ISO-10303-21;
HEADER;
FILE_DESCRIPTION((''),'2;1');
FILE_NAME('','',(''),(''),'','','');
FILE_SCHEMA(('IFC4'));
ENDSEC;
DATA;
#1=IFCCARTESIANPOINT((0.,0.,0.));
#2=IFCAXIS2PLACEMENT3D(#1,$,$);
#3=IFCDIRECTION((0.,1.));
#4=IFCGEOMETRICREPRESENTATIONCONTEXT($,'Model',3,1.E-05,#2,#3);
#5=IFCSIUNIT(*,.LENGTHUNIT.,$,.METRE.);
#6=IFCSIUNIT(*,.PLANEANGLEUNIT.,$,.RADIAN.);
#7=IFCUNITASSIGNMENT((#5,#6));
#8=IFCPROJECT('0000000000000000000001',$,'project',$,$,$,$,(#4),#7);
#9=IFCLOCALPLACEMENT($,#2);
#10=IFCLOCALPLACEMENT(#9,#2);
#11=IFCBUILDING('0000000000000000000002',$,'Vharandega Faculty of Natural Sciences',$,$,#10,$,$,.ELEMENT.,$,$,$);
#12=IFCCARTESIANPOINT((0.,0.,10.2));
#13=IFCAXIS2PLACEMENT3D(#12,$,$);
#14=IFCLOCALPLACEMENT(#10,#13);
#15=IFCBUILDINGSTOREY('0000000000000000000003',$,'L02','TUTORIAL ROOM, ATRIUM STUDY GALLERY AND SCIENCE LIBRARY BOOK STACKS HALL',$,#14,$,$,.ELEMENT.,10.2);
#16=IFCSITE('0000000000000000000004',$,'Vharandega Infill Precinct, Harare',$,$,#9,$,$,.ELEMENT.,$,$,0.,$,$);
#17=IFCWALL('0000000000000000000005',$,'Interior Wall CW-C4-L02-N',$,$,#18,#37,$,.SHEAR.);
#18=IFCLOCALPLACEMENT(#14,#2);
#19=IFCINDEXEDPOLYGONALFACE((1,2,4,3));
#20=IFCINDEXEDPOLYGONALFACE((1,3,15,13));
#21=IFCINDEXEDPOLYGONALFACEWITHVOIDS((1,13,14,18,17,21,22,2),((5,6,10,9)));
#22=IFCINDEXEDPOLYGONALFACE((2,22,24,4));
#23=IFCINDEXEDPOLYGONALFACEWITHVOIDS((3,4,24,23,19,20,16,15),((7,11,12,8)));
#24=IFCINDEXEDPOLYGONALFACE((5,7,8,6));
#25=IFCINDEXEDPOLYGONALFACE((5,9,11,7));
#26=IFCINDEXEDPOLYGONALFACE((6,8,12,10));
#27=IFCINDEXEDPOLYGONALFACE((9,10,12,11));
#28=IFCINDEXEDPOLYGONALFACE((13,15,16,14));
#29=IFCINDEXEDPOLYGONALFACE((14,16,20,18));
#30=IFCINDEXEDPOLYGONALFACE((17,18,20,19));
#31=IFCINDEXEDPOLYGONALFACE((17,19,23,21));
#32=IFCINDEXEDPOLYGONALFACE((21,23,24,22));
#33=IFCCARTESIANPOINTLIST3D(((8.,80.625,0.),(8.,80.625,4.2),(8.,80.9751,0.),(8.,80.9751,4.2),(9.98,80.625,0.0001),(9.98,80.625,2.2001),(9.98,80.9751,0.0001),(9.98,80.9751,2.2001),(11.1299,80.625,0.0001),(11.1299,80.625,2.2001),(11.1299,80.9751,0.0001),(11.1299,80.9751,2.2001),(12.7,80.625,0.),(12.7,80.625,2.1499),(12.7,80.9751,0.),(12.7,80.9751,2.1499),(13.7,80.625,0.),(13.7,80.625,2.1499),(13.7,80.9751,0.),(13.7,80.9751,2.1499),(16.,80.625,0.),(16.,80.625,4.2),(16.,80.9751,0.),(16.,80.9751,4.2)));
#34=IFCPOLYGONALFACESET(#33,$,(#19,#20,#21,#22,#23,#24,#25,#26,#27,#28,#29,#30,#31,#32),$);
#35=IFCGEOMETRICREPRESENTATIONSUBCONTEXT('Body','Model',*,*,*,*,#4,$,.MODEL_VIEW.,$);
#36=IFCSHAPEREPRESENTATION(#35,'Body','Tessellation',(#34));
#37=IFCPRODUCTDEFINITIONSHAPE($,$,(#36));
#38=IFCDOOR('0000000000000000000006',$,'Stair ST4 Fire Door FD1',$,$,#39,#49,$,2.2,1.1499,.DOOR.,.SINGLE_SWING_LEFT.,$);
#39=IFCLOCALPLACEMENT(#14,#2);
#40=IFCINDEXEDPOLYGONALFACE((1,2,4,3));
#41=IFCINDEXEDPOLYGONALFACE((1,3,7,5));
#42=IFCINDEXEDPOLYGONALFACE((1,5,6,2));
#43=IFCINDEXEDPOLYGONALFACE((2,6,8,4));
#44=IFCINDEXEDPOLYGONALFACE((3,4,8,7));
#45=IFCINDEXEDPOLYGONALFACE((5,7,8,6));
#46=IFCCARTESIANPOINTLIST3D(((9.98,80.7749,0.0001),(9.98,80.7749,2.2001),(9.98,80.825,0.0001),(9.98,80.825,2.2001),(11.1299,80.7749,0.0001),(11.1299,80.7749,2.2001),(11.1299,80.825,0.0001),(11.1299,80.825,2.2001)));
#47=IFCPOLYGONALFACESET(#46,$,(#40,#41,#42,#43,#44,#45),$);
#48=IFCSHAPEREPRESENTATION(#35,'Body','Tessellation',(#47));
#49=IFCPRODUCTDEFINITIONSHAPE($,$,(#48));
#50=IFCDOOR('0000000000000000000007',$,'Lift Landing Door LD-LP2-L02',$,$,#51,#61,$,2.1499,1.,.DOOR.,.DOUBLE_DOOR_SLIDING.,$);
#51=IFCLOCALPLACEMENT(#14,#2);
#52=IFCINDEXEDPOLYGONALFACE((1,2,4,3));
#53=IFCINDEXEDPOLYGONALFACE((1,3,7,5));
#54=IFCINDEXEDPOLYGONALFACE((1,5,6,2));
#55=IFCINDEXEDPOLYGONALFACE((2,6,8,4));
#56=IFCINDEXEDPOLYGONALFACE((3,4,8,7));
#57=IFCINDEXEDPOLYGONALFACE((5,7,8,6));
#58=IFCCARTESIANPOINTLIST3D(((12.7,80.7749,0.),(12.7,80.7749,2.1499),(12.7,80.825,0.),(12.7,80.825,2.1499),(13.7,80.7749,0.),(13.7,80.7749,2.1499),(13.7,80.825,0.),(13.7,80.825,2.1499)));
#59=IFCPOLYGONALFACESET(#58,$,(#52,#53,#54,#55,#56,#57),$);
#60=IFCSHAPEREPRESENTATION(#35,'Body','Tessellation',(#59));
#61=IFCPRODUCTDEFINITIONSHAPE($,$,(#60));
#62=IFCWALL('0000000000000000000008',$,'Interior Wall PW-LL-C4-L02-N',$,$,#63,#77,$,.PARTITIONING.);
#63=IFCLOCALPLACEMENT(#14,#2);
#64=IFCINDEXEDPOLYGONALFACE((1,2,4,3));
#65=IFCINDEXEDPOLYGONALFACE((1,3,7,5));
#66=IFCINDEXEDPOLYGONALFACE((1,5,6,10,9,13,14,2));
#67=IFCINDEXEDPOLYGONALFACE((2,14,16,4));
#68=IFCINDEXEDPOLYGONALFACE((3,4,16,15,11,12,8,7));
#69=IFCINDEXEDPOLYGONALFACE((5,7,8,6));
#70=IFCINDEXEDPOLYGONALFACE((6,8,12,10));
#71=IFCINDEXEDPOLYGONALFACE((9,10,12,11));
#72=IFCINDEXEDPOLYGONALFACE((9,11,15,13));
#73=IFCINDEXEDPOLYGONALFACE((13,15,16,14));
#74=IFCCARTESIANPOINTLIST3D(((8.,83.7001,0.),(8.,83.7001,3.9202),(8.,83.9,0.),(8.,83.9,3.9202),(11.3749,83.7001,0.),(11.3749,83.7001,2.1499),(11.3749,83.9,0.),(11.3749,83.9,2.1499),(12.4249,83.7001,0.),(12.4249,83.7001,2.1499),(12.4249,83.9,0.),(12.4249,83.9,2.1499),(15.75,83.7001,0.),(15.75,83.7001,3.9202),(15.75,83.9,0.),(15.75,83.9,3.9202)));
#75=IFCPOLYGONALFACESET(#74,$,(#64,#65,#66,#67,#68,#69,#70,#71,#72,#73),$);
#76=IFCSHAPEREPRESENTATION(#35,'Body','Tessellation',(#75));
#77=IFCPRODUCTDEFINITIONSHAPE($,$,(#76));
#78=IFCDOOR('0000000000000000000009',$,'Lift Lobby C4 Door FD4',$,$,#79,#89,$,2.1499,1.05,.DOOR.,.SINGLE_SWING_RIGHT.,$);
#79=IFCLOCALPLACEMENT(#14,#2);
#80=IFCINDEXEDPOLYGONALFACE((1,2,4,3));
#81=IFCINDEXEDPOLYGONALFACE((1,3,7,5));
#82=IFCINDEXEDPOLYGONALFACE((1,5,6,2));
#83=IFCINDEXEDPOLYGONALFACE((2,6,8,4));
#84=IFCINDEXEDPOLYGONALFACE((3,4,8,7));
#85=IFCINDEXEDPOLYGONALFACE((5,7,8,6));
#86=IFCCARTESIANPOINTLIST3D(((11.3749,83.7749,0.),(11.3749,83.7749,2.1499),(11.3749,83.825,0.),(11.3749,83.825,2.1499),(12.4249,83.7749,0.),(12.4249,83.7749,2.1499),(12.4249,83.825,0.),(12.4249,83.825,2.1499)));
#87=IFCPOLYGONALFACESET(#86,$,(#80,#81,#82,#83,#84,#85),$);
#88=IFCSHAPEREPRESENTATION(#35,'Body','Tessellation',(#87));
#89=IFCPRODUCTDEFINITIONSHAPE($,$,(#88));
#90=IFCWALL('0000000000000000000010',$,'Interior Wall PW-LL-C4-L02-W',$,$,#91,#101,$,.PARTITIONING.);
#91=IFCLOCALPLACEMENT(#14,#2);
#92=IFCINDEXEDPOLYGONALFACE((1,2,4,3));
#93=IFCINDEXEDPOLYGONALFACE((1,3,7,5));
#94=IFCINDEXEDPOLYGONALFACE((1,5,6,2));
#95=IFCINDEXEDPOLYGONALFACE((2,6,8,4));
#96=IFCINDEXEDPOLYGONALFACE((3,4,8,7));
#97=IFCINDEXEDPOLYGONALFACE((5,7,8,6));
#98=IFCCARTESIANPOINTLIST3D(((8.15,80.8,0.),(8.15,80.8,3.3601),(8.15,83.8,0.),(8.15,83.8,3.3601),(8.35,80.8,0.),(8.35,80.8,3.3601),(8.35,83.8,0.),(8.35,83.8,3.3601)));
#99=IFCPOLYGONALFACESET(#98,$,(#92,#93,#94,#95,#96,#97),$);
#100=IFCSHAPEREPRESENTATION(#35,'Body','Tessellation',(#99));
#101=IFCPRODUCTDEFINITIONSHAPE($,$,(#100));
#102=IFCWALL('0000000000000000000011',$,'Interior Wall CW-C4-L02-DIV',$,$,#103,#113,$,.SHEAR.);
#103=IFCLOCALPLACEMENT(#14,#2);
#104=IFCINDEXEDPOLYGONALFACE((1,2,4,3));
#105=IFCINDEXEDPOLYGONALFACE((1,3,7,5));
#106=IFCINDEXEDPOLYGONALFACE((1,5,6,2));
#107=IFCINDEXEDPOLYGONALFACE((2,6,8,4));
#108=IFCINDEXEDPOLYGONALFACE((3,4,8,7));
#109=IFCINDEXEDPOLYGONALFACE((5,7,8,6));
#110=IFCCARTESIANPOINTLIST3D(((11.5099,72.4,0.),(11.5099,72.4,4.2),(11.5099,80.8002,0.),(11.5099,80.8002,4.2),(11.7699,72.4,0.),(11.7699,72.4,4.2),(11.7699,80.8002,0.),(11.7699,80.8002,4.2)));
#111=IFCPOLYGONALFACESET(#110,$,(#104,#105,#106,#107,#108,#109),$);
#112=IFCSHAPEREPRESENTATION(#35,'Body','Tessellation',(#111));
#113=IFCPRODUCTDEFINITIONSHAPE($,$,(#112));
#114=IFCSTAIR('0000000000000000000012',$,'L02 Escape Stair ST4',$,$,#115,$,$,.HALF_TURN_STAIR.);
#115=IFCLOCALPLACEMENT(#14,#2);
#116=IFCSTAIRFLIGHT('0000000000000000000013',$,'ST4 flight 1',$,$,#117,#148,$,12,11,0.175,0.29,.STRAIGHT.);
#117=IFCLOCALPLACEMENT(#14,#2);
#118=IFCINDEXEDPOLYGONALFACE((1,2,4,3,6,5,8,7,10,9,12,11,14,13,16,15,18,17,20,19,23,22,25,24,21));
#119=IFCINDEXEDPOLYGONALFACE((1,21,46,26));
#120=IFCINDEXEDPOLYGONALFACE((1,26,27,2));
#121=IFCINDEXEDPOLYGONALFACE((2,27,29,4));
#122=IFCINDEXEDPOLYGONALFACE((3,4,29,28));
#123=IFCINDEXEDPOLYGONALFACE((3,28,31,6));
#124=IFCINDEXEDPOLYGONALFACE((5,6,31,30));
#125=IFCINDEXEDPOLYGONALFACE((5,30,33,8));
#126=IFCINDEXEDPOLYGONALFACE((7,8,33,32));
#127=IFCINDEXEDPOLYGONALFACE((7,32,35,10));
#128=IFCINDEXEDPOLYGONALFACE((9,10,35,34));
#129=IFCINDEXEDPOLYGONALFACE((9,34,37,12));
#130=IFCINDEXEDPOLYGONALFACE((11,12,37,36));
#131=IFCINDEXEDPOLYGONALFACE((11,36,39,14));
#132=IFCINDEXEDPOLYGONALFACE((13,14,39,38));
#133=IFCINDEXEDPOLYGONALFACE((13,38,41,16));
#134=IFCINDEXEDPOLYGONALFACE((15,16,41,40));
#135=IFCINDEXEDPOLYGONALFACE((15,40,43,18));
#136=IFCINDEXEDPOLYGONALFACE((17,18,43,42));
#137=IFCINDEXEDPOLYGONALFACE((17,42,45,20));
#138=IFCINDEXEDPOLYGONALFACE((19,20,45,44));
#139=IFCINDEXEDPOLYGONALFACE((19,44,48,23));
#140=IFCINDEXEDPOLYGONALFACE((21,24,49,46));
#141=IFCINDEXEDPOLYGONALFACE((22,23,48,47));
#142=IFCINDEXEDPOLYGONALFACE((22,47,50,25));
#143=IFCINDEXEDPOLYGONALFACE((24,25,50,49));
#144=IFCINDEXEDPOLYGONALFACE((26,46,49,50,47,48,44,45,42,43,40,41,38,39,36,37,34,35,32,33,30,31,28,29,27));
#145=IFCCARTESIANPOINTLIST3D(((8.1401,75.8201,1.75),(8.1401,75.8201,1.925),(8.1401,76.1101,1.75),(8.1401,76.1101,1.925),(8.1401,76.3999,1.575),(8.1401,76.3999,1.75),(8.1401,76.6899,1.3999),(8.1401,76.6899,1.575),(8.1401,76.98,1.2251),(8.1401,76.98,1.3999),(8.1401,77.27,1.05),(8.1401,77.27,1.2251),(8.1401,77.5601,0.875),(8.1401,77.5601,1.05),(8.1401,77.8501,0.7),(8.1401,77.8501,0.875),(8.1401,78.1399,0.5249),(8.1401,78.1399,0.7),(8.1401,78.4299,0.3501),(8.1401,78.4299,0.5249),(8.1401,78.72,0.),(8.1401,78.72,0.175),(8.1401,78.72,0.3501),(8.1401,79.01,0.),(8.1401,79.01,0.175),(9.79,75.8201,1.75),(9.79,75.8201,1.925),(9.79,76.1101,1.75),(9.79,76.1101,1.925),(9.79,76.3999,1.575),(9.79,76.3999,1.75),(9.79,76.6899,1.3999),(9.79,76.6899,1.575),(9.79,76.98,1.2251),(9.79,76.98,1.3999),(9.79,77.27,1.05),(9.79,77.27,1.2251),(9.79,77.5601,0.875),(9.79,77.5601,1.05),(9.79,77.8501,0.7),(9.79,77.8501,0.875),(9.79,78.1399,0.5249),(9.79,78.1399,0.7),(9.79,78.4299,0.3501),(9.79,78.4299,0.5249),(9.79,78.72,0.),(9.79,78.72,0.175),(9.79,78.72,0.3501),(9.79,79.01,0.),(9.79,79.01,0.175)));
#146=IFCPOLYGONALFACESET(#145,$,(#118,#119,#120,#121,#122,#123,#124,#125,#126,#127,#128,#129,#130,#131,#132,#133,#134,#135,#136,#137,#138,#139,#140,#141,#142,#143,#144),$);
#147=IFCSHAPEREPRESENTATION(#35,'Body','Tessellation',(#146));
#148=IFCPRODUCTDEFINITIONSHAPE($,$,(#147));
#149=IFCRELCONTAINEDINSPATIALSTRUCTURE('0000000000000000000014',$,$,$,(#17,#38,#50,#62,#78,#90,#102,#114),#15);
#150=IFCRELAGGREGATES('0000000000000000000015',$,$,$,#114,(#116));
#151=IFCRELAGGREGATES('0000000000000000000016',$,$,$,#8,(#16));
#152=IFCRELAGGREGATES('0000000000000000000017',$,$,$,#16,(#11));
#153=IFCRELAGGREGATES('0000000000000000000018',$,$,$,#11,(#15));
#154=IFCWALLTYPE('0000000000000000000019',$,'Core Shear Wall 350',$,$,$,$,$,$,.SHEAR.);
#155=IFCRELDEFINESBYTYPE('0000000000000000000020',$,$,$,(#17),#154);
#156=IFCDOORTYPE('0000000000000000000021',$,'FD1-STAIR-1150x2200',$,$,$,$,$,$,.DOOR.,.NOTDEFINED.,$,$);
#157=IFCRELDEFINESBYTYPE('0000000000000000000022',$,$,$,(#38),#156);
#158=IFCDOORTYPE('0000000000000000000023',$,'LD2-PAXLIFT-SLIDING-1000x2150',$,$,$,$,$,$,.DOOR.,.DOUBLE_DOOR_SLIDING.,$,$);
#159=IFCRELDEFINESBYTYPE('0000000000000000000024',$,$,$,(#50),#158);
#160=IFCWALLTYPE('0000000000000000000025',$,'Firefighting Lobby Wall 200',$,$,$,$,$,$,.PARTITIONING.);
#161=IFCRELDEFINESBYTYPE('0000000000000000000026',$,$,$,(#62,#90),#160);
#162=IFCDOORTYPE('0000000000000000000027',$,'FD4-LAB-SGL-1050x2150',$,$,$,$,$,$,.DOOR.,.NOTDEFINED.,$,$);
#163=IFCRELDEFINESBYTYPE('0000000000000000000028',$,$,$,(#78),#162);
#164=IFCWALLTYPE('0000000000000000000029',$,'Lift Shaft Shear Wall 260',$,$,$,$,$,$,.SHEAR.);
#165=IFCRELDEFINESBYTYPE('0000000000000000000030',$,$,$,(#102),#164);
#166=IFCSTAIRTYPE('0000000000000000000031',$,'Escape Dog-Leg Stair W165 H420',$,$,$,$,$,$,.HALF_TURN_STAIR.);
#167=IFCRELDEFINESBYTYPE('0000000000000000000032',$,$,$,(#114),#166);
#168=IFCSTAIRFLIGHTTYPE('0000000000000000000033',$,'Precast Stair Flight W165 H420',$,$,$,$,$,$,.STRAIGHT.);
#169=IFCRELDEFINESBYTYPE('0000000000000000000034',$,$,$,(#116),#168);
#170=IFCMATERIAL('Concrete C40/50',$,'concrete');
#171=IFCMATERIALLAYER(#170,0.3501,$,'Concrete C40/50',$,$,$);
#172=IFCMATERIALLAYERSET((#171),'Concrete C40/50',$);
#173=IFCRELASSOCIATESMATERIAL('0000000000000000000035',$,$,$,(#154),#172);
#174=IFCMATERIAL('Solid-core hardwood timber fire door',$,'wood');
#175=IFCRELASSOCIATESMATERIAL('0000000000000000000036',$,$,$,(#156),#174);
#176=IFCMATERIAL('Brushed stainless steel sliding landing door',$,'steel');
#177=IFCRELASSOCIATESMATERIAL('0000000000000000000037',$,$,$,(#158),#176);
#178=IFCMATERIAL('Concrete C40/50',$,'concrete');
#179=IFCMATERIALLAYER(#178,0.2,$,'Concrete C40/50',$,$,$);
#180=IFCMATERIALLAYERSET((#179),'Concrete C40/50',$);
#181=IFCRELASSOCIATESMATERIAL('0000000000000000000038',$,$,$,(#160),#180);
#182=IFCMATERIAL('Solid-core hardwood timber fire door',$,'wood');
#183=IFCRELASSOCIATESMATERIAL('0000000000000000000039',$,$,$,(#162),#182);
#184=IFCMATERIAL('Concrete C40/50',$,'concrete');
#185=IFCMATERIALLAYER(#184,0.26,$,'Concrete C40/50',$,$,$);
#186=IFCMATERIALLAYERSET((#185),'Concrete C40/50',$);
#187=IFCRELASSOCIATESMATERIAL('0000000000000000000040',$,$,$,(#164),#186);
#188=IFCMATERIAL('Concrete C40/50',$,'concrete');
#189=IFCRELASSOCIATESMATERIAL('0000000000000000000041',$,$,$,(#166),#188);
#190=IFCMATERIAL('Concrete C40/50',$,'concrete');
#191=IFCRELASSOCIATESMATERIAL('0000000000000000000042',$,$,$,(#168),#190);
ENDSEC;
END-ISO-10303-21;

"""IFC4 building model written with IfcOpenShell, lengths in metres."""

from ifc_helpers import new_model, si_unit, direction, frame, frame_2d, origin, place, context, subcontext, project, spatial, polyline, rectangle, outline, extrude, material, layer, layer_set, type_object, element, fill, aggregate, save


model = new_model("IFC4")

# Units and contexts
model_context = context("Model", 3, precision=1e-05, world=origin(), true_north=direction((0.0, 1.0)))
body_context = subcontext(model_context, "Body", "Model", "MODEL_VIEW")
ifc_project = project(units=[si_unit("LENGTHUNIT", "METRE"), si_unit("PLANEANGLEUNIT", "RADIAN")], contexts=[model_context])

# Site, building, storey
site_placement = place(None, origin())
site = spatial("IfcSite", under=ifc_project, at=site_placement, Name="Vharandega Infill Precinct, Harare", CompositionType="ELEMENT", RefElevation=0.0)
building_placement = place(site_placement, origin())
building = spatial("IfcBuilding", under=site, at=building_placement, Name="Vharandega Faculty of Natural Sciences", CompositionType="ELEMENT")
storey_placement = place(building_placement, frame((0.0, 0.0, 10.2)))
storey = spatial("IfcBuildingStorey", under=building, at=storey_placement, Name="L02", Description="TUTORIAL ROOM, ATRIUM STUDY GALLERY AND SCIENCE LIBRARY BOOK STACKS HALL", CompositionType="ELEMENT", Elevation=10.2)

# Shared definitions
ifc_material_1 = material(Name="Concrete C40/50", Category="concrete")
ifc_layer_1 = layer(ifc_material_1, 0.3501, Name="Concrete C40/50")
ifc_layer_set_1 = layer_set([ifc_layer_1], Name="Concrete C40/50")
wall_type_1 = type_object("IfcWallType", Name="Core Shear Wall 350", PredefinedType="SHEAR", material=ifc_layer_set_1)

# Wall, openings, doors
wall_1_placement = place(storey_placement, frame((8.0, 80.8, 0.0), z_axis=(0.0, 0.0, 1.0), x_axis=(1.0, 0.0, 0.0)))
wall_1 = element("IfcWall", 1, at=wall_1_placement, inside=storey, type_object=wall_type_1, Name="Interior Wall CW-C4-L02-N", PredefinedType="SHEAR", context=body_context, shape_type="SweptSolid", body=[
    extrude(rectangle(XDim=8.0, YDim=0.3501, at=frame_2d((4.0, 0.0))), origin(), (0.0, 0.0, 1.0), 4.2),
])
opening_1_placement = place(wall_1_placement, frame((1.98, 0.0, 0.0)))
opening_1 = element("IfcOpeningElement", 2, at=opening_1_placement, cuts=wall_1, PredefinedType="OPENING", context=body_context, shape_type="SweptSolid", body=[
    extrude(rectangle(XDim=1.1499, YDim=2.2, at=frame_2d((0.575, 1.1001))), frame((0.0, 0.1851, 0.0), z_axis=(0.0, -1.0, 0.0), x_axis=(1.0, 0.0, 0.0)), (0.0, 0.0, 1.0), 0.3701),
])
opening_2_placement = place(wall_1_placement, frame((4.7, 0.0, 0.0)))
opening_2 = element("IfcOpeningElement", 3, at=opening_2_placement, cuts=wall_1, PredefinedType="OPENING", context=body_context, shape_type="SweptSolid", body=[
    extrude(rectangle(XDim=1.0, YDim=2.1499, at=frame_2d((0.5, 1.075))), frame((0.0, 0.1851, 0.0), z_axis=(0.0, -1.0, 0.0), x_axis=(1.0, 0.0, 0.0)), (0.0, 0.0, 1.0), 0.3701),
])
ifc_material_2 = material(Name="Solid-core hardwood timber fire door", Category="wood")
door_type_1 = type_object("IfcDoorType", Name="FD1-STAIR-1150x2200", OperationType="NOTDEFINED", PredefinedType="DOOR", material=ifc_material_2)
door_1_placement = place(opening_1_placement, origin())
door_1 = element("IfcDoor", 4, at=door_1_placement, inside=storey, type_object=door_type_1, Name="Stair ST4 Fire Door FD1", OperationType="SINGLE_SWING_LEFT", OverallHeight=2.2, OverallWidth=1.1499, PredefinedType="DOOR", context=body_context, shape_type="SweptSolid", body=[
    extrude(rectangle(XDim=1.1499, YDim=2.2, at=frame_2d((0.575, 1.1001))), frame((0.0, 0.0249, 0.0), z_axis=(0.0, -1.0, 0.0), x_axis=(1.0, 0.0, 0.0)), (0.0, 0.0, 1.0), 0.05),
])
fill(opening_1, door_1)
ifc_material_3 = material(Name="Brushed stainless steel sliding landing door", Category="steel")
door_type_2 = type_object("IfcDoorType", Name="LD2-PAXLIFT-SLIDING-1000x2150", OperationType="DOUBLE_DOOR_SLIDING", PredefinedType="DOOR", material=ifc_material_3)
door_2_placement = place(opening_2_placement, origin())
door_2 = element("IfcDoor", 5, at=door_2_placement, inside=storey, type_object=door_type_2, Name="Lift Landing Door LD-LP2-L02", OperationType="DOUBLE_DOOR_SLIDING", OverallHeight=2.1499, OverallWidth=1.0, PredefinedType="DOOR", context=body_context, shape_type="SweptSolid", body=[
    extrude(rectangle(XDim=1.0, YDim=2.1499, at=frame_2d((0.5, 1.075))), frame((0.0, 0.0249, 0.0), z_axis=(0.0, -1.0, 0.0), x_axis=(1.0, 0.0, 0.0)), (0.0, 0.0, 1.0), 0.05),
])
fill(opening_2, door_2)

# Wall, opening, door
ifc_material_4 = material(Name="Concrete C40/50", Category="concrete")
ifc_layer_2 = layer(ifc_material_4, 0.2, Name="Concrete C40/50")
ifc_layer_set_2 = layer_set([ifc_layer_2], Name="Concrete C40/50")
wall_type_2 = type_object("IfcWallType", Name="Firefighting Lobby Wall 200", PredefinedType="PARTITIONING", material=ifc_layer_set_2)
wall_2_placement = place(storey_placement, frame((8.0, 83.8, 0.0), z_axis=(0.0, 0.0, 1.0), x_axis=(1.0, 0.0, 0.0)))
wall_2 = element("IfcWall", 6, at=wall_2_placement, inside=storey, type_object=wall_type_2, Name="Interior Wall PW-LL-C4-L02-N", PredefinedType="PARTITIONING", context=body_context, shape_type="SweptSolid", body=[
    extrude(rectangle(XDim=7.75, YDim=0.2, at=frame_2d((3.875, 0.0))), origin(), (0.0, 0.0, 1.0), 3.9202),
])
opening_3_placement = place(wall_2_placement, frame((3.375, 0.0, 0.0)))
opening_3 = element("IfcOpeningElement", 7, at=opening_3_placement, cuts=wall_2, PredefinedType="OPENING", context=body_context, shape_type="SweptSolid", body=[
    extrude(rectangle(XDim=1.05, YDim=2.1499, at=frame_2d((0.5249, 1.075))), frame((0.0, 0.1099, 0.0), z_axis=(0.0, -1.0, 0.0), x_axis=(1.0, 0.0, 0.0)), (0.0, 0.0, 1.0), 0.22),
])
ifc_material_5 = material(Name="Solid-core hardwood timber fire door", Category="wood")
door_type_3 = type_object("IfcDoorType", Name="FD4-LAB-SGL-1050x2150", OperationType="NOTDEFINED", PredefinedType="DOOR", material=ifc_material_5)
door_3_placement = place(opening_3_placement, origin())
door_3 = element("IfcDoor", 8, at=door_3_placement, inside=storey, type_object=door_type_3, Name="Lift Lobby C4 Door FD4", OperationType="SINGLE_SWING_RIGHT", OverallHeight=2.1499, OverallWidth=1.05, PredefinedType="DOOR", context=body_context, shape_type="SweptSolid", body=[
    extrude(rectangle(XDim=1.05, YDim=2.1499, at=frame_2d((0.5249, 1.075))), frame((0.0, 0.0249, 0.0), z_axis=(0.0, -1.0, 0.0), x_axis=(1.0, 0.0, 0.0)), (0.0, 0.0, 1.0), 0.05),
])
fill(opening_3, door_3)

# Walls
wall_3_placement = place(storey_placement, frame((8.25, 80.8, 0.0), z_axis=(0.0, 0.0, 1.0), x_axis=(0.0, 1.0, 0.0)))
element("IfcWall", 9, at=wall_3_placement, inside=storey, type_object=wall_type_2, Name="Interior Wall PW-LL-C4-L02-W", PredefinedType="PARTITIONING", context=body_context, shape_type="SweptSolid", body=[
    extrude(rectangle(XDim=3.0, YDim=0.2, at=frame_2d((1.5, 0.0))), origin(), (0.0, 0.0, 1.0), 3.3601),
])
ifc_material_6 = material(Name="Concrete C40/50", Category="concrete")
ifc_layer_3 = layer(ifc_material_6, 0.26, Name="Concrete C40/50")
ifc_layer_set_3 = layer_set([ifc_layer_3], Name="Concrete C40/50")
wall_type_3 = type_object("IfcWallType", Name="Lift Shaft Shear Wall 260", PredefinedType="SHEAR", material=ifc_layer_set_3)
wall_4_placement = place(storey_placement, frame((11.6399, 72.3999, 0.0), z_axis=(0.0, 0.0, 1.0), x_axis=(0.0, 1.0, 0.0)))
element("IfcWall", 10, at=wall_4_placement, inside=storey, type_object=wall_type_3, Name="Interior Wall CW-C4-L02-DIV", PredefinedType="SHEAR", context=body_context, shape_type="SweptSolid", body=[
    extrude(rectangle(XDim=8.4001, YDim=0.26, at=frame_2d((4.2002, 0.0))), origin(), (0.0, 0.0, 1.0), 4.2),
])

# Stair, stair flight
ifc_material_7 = material(Name="Concrete C40/50", Category="concrete")
stair_type = type_object("IfcStairType", Name="Escape Dog-Leg Stair W165 H420", PredefinedType="HALF_TURN_STAIR", material=ifc_material_7)
stair_placement = place(storey_placement, origin())
stair = element("IfcStair", 11, at=stair_placement, inside=storey, type_object=stair_type, Name="L02 Escape Stair ST4", PredefinedType="HALF_TURN_STAIR")
ifc_material_8 = material(Name="Concrete C40/50", Category="concrete")
stair_flight_type = type_object("IfcStairFlightType", Name="Precast Stair Flight W165 H420", PredefinedType="STRAIGHT", material=ifc_material_8)
stair_flight_1_placement = place(storey_placement, frame((8.9651, 79.01, 0.0), z_axis=(0.0, 0.0, 1.0), x_axis=(0.0, -1.0, 0.0)))
stair_flight_1 = element("IfcStairFlight", 12, at=stair_flight_1_placement, type_object=stair_flight_type, Name="ST4 flight 1", NumberOfRisers=12, NumberOfTreads=11, PredefinedType="STRAIGHT", RiserHeight=0.175, TreadLength=0.29, context=body_context, shape_type="SweptSolid", body=[
    extrude(outline(polyline([(0.0, 0.0), (0.0, 0.175), (0.29, 0.175), (0.29, 0.3501), (0.5801, 0.3501), (0.5801, 0.5249), (0.8701, 0.5249), (0.8701, 0.7), (1.1599, 0.7), (1.1599, 0.875), (1.45, 0.875), (1.45, 1.05), (1.74, 1.05), (1.74, 1.2251), (2.03, 1.2251), (2.03, 1.3999), (2.3201, 1.3999), (2.3201, 1.575), (2.6101, 1.575), (2.6101, 1.75), (2.8999, 1.75), (2.8999, 1.925), (3.1899, 1.925), (3.1899, 2.1001), (3.1899, 1.75), (0.29, 0.0), (0.0, 0.0)])), frame((0.0, 0.825, 0.0), z_axis=(0.0, -1.0, 0.0), x_axis=(1.0, 0.0, 0.0)), (0.0, 0.0, 1.0), 1.6499),
])
aggregate(stair, [stair_flight_1])

save(model, "model.ifc")
